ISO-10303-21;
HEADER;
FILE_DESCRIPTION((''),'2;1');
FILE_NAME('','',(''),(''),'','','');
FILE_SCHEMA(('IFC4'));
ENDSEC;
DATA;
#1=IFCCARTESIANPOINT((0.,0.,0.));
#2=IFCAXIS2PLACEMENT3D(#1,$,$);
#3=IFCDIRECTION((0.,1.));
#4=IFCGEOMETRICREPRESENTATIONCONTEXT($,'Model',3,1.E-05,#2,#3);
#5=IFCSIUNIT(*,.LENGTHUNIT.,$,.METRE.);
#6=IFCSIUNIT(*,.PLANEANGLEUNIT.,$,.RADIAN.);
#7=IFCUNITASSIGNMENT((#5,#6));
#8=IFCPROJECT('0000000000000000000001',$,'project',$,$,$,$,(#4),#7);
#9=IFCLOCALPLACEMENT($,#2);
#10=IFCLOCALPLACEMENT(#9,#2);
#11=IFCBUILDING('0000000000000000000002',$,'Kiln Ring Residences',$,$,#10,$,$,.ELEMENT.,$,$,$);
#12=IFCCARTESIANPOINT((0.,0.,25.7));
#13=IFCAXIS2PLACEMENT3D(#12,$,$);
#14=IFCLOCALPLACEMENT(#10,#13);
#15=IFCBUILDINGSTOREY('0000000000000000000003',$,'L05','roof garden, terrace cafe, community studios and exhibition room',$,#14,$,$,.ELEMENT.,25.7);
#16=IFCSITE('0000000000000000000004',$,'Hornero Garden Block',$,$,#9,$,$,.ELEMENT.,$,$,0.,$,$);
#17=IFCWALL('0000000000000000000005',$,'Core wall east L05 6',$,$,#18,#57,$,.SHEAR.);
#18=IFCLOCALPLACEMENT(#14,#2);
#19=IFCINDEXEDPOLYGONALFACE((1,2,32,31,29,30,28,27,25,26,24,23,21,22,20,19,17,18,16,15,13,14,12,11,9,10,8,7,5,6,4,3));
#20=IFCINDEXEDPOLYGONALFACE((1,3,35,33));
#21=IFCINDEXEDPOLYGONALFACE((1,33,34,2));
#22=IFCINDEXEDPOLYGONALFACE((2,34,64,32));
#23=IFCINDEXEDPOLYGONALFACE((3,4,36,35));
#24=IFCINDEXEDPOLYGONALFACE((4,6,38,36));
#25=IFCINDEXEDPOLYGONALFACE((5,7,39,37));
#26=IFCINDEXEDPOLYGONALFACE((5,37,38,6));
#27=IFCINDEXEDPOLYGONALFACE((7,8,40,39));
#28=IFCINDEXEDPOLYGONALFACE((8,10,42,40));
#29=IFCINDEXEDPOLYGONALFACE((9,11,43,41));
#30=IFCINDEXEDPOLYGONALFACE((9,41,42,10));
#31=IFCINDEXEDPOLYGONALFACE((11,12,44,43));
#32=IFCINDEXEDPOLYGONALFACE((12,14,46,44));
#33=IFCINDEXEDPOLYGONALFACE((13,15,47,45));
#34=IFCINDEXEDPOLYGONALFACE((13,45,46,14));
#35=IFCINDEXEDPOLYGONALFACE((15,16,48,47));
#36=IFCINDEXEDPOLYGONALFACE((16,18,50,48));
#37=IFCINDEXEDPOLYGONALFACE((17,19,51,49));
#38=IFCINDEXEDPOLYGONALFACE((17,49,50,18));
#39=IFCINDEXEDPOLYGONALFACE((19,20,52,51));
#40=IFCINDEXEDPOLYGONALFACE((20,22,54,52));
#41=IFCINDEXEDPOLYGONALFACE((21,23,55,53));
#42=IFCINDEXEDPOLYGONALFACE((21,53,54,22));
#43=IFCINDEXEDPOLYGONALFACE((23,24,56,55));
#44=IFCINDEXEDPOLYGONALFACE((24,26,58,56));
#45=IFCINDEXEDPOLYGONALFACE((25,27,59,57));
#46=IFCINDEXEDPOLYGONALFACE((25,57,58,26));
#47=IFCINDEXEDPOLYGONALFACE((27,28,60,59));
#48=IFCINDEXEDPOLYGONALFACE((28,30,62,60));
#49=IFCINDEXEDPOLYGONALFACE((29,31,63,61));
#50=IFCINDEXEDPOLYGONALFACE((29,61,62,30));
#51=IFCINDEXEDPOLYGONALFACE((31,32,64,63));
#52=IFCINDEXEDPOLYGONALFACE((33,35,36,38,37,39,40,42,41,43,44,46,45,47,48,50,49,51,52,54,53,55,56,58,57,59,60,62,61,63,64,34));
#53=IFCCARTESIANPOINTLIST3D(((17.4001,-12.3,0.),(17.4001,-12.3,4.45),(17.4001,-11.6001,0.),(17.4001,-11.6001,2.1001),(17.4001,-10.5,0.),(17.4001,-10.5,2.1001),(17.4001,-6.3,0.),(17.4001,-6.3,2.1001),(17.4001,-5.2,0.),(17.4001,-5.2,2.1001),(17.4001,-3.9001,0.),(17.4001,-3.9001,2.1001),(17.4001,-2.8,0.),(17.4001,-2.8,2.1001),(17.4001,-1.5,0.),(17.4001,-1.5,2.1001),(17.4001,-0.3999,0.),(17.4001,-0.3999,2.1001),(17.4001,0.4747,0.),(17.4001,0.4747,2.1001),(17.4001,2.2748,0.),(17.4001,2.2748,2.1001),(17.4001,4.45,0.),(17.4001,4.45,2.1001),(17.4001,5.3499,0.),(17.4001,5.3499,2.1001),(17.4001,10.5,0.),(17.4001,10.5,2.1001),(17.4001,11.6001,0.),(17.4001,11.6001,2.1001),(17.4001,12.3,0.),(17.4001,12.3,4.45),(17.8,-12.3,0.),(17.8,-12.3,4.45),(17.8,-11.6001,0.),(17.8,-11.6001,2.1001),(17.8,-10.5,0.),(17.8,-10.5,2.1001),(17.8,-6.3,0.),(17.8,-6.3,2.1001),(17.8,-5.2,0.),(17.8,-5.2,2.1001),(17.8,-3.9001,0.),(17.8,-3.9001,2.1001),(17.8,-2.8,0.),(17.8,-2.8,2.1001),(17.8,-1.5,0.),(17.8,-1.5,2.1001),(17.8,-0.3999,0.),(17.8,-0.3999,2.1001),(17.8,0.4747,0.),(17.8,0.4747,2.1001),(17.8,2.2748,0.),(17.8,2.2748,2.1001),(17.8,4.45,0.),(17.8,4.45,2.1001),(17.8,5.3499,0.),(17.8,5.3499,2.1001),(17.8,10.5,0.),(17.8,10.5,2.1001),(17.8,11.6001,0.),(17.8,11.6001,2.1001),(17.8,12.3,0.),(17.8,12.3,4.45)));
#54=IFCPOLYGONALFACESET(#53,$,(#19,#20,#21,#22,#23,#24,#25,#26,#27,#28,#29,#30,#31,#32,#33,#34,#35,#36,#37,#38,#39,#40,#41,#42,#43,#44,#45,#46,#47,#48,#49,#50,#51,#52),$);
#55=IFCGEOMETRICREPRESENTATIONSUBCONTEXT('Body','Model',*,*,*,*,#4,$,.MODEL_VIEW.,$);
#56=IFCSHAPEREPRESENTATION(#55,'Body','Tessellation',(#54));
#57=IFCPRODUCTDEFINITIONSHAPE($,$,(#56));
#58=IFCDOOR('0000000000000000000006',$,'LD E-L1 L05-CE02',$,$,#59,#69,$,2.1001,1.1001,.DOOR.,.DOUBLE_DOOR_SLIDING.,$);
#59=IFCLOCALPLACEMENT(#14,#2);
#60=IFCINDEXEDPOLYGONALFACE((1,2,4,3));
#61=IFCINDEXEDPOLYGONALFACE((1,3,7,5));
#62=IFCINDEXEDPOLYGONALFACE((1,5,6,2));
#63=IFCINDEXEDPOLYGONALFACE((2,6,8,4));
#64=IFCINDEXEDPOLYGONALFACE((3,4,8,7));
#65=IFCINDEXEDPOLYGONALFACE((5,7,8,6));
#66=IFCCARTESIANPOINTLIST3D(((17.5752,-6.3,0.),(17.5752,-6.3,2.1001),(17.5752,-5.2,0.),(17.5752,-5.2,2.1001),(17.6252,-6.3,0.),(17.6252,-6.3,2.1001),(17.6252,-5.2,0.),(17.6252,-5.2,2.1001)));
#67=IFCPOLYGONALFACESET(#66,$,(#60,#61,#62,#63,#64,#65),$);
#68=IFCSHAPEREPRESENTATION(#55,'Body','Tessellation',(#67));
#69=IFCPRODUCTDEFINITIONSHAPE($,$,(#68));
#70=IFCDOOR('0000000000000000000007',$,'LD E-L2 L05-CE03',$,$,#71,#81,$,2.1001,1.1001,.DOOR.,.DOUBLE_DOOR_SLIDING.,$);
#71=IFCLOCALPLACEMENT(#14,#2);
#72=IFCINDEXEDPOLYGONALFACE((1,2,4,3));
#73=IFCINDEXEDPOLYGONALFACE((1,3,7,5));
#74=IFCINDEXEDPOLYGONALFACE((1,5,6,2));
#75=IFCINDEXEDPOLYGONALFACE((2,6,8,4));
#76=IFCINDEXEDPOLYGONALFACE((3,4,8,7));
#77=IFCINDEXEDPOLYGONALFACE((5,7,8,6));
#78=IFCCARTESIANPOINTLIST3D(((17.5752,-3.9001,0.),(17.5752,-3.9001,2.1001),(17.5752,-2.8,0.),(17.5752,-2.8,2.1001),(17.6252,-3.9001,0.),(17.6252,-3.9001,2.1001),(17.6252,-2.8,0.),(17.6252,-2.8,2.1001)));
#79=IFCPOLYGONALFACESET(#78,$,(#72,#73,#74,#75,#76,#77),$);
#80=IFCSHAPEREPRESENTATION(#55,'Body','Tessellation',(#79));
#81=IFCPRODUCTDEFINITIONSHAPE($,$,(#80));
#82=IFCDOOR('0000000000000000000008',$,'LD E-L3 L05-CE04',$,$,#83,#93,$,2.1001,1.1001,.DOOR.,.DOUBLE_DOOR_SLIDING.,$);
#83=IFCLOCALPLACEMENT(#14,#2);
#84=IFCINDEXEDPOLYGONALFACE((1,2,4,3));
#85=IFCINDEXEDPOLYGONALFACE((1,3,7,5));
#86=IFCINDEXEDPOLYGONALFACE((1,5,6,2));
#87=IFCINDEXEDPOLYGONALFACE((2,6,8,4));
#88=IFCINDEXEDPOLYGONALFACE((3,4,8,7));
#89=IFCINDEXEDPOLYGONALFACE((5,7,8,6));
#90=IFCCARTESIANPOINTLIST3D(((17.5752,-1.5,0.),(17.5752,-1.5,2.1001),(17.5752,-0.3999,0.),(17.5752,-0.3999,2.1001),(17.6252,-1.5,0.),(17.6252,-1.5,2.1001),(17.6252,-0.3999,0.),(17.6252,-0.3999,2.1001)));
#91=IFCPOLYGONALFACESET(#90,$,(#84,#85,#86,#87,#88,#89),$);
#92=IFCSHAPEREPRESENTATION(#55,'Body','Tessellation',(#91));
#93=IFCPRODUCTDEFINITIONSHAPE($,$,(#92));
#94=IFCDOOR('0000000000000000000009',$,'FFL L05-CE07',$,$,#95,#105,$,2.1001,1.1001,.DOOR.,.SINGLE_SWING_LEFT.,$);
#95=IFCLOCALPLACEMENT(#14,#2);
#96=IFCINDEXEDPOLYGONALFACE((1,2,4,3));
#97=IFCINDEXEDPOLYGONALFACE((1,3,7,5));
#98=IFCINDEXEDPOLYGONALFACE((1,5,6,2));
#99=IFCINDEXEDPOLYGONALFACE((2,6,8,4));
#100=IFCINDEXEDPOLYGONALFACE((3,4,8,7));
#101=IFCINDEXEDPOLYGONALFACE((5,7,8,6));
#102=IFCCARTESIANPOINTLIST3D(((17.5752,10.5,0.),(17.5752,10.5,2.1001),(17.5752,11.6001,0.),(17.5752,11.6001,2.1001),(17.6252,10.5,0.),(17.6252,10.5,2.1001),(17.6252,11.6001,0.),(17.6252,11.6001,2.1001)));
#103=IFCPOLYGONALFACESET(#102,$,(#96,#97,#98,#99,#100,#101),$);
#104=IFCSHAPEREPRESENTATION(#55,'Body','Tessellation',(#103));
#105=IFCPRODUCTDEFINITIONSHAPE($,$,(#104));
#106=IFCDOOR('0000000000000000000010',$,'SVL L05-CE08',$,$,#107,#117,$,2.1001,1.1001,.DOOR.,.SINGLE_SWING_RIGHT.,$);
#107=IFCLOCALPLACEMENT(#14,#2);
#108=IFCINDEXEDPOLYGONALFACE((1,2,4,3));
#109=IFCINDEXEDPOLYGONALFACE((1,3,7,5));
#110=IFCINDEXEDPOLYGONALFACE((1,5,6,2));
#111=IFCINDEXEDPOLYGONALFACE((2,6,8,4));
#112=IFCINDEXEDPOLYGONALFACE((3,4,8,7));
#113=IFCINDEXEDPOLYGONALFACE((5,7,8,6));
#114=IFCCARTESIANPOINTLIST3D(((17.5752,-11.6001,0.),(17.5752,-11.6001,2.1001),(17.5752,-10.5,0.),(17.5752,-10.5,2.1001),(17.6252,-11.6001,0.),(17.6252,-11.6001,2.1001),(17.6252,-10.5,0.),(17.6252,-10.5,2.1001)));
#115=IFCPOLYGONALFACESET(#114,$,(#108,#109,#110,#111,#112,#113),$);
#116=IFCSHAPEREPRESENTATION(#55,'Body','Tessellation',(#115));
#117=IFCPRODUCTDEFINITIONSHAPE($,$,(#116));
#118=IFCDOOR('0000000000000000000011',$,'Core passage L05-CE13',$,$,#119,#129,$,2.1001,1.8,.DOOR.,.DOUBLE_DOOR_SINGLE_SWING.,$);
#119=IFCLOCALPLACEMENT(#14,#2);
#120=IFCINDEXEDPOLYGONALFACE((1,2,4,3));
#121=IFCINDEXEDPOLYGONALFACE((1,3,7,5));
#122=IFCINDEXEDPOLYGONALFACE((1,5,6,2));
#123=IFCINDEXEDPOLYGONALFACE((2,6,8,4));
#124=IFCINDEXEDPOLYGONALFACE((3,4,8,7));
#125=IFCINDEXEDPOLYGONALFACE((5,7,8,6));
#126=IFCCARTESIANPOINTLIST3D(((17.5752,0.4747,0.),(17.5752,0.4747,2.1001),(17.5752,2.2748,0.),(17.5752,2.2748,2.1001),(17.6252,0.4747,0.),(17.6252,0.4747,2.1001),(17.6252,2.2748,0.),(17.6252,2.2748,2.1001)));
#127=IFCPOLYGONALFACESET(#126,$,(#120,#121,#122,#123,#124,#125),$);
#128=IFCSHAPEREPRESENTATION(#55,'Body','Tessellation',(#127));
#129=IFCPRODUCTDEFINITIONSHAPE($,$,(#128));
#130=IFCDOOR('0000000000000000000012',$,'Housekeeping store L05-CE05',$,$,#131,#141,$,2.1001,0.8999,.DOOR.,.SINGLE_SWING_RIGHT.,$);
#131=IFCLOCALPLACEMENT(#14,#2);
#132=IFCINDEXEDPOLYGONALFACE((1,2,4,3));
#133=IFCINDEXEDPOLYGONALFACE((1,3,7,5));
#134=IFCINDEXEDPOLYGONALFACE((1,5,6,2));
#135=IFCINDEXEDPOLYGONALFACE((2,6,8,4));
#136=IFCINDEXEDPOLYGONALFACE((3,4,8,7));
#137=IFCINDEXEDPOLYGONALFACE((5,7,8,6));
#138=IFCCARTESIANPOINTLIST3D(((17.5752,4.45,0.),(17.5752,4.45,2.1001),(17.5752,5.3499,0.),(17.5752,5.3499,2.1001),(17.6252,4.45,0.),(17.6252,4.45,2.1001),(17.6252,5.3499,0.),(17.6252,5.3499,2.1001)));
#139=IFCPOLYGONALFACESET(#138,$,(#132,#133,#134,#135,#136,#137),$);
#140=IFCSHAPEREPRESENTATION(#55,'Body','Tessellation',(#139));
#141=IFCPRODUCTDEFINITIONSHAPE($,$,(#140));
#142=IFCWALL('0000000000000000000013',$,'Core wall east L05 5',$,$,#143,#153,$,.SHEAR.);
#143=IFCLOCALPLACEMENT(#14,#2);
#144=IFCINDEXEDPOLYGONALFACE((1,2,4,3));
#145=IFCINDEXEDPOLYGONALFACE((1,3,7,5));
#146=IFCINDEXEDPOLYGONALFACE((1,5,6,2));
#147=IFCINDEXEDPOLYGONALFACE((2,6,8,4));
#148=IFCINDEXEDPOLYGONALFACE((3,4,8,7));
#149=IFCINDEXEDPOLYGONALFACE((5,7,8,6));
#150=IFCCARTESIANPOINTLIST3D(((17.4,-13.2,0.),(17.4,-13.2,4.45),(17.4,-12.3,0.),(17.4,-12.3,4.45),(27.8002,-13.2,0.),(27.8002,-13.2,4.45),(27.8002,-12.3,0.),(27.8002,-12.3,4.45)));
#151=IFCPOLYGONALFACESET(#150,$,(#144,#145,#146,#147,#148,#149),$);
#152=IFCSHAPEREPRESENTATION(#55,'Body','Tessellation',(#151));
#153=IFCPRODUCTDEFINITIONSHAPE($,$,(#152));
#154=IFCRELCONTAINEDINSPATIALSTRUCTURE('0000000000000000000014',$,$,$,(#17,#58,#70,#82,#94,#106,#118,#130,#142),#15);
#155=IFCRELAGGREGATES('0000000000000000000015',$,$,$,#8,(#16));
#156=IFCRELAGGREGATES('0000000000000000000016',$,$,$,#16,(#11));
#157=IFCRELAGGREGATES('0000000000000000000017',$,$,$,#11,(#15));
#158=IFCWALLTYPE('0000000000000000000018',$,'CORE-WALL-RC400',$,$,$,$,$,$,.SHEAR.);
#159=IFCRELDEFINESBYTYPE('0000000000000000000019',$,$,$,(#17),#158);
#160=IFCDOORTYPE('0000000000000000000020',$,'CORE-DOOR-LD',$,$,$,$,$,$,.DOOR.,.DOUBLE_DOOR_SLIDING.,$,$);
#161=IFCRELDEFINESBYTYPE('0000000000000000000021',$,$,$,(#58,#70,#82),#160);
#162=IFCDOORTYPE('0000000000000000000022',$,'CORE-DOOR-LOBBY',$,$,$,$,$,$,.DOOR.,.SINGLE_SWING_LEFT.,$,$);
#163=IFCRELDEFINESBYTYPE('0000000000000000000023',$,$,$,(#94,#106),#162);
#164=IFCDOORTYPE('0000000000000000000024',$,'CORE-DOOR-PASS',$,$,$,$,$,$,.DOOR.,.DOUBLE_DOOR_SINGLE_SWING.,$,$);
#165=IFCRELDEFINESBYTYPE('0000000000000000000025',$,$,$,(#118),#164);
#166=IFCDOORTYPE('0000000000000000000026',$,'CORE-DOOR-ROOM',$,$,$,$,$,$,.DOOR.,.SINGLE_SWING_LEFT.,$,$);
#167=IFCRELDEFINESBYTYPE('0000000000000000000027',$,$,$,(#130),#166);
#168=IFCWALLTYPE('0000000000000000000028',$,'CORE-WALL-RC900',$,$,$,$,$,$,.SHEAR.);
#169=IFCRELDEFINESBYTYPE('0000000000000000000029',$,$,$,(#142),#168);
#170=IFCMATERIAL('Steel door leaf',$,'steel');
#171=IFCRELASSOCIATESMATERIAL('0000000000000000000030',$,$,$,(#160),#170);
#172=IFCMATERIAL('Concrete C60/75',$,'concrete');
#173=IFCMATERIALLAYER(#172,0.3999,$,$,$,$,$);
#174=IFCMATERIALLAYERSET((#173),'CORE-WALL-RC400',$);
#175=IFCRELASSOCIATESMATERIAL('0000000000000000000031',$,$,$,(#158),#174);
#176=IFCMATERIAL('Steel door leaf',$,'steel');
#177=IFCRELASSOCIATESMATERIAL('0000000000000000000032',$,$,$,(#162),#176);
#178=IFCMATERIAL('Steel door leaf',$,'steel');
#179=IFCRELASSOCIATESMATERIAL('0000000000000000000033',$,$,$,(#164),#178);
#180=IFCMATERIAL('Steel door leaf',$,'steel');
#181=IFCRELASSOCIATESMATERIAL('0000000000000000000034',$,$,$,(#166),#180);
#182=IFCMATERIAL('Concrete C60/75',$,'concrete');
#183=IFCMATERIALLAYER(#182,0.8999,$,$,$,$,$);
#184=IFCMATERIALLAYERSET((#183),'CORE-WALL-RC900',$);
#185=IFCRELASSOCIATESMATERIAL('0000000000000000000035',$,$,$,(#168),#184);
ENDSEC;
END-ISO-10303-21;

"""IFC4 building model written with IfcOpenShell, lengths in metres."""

from ifc_helpers import new_model, si_unit, direction, frame, frame_2d, origin, place, context, subcontext, project, spatial, rectangle, extrude, material, layer, layer_set, type_object, element, fill, save


model = new_model("IFC4")

# Units and contexts
model_context = context("Model", 3, precision=1e-05, world=origin(), true_north=direction((0.0, 1.0)))
body_context = subcontext(model_context, "Body", "Model", "MODEL_VIEW")
ifc_project = project(units=[si_unit("LENGTHUNIT", "METRE"), si_unit("PLANEANGLEUNIT", "RADIAN")], contexts=[model_context])

# Site, building, storey
site_placement = place(None, origin())
site = spatial("IfcSite", under=ifc_project, at=site_placement, Name="Hornero Garden Block", CompositionType="ELEMENT", RefElevation=0.0)
building_placement = place(site_placement, origin())
building = spatial("IfcBuilding", under=site, at=building_placement, Name="Kiln Ring Residences", CompositionType="ELEMENT")
storey_placement = place(building_placement, frame((0.0, 0.0, 25.7)))
storey = spatial("IfcBuildingStorey", under=building, at=storey_placement, Name="L05", Description="roof garden, terrace cafe, community studios and exhibition room", CompositionType="ELEMENT", Elevation=25.7)

# Wall, openings, doors
ifc_material_1 = material(Name="Steel door leaf", Category="steel")
door_type_1 = type_object("IfcDoorType", Name="CORE-DOOR-LD", OperationType="DOUBLE_DOOR_SLIDING", PredefinedType="DOOR", material=ifc_material_1)
ifc_material_2 = material(Name="Concrete C60/75", Category="concrete")
ifc_layer_1 = layer(ifc_material_2, 0.3999)
ifc_layer_set_1 = layer_set([ifc_layer_1], Name="CORE-WALL-RC400")
wall_type_1 = type_object("IfcWallType", Name="CORE-WALL-RC400", PredefinedType="SHEAR", material=ifc_layer_set_1)
wall_1_placement = place(storey_placement, frame((17.6001, -12.3, 0.0), z_axis=(0.0, 0.0, 1.0), x_axis=(0.0, 1.0, 0.0)))
wall_1 = element("IfcWall", 1, at=wall_1_placement, inside=storey, type_object=wall_type_1, Name="Core wall east L05 6", PredefinedType="SHEAR", context=body_context, shape_type="SweptSolid", body=[
    extrude(rectangle(XDim=24.6001, YDim=0.3999, at=frame_2d((12.3, 0.0))), origin(), (0.0, 0.0, 1.0), 4.45),
])
opening_1_placement = place(wall_1_placement, frame((6.0, 0.0, 0.0)))
opening_1 = element("IfcOpeningElement", 2, at=opening_1_placement, cuts=wall_1, PredefinedType="OPENING", context=body_context, shape_type="SweptSolid", body=[
    extrude(rectangle(XDim=1.1001, YDim=2.1001, at=frame_2d((0.55, 1.05))), frame((0.0, 0.21, 0.0), z_axis=(0.0, -1.0, 0.0), x_axis=(1.0, 0.0, 0.0)), (0.0, 0.0, 1.0), 0.4199),
])
opening_2_placement = place(wall_1_placement, frame((8.3999, 0.0, 0.0)))
opening_2 = element("IfcOpeningElement", 3, at=opening_2_placement, cuts=wall_1, PredefinedType="OPENING", context=body_context, shape_type="SweptSolid", body=[
    extrude(rectangle(XDim=1.1001, YDim=2.1001, at=frame_2d((0.55, 1.05))), frame((0.0, 0.21, 0.0), z_axis=(0.0, -1.0, 0.0), x_axis=(1.0, 0.0, 0.0)), (0.0, 0.0, 1.0), 0.4199),
])
opening_3_placement = place(wall_1_placement, frame((10.8, 0.0, 0.0)))
opening_3 = element("IfcOpeningElement", 4, at=opening_3_placement, cuts=wall_1, PredefinedType="OPENING", context=body_context, shape_type="SweptSolid", body=[
    extrude(rectangle(XDim=1.1001, YDim=2.1001, at=frame_2d((0.55, 1.05))), frame((0.0, 0.21, 0.0), z_axis=(0.0, -1.0, 0.0), x_axis=(1.0, 0.0, 0.0)), (0.0, 0.0, 1.0), 0.4199),
])
opening_4_placement = place(wall_1_placement, frame((16.75, 0.0, 0.0)))
opening_4 = element("IfcOpeningElement", 5, at=opening_4_placement, cuts=wall_1, PredefinedType="OPENING", context=body_context, shape_type="SweptSolid", body=[
    extrude(rectangle(XDim=0.8999, YDim=2.1001, at=frame_2d((0.45, 1.05))), frame((0.0, 0.21, 0.0), z_axis=(0.0, -1.0, 0.0), x_axis=(1.0, 0.0, 0.0)), (0.0, 0.0, 1.0), 0.4199),
])
opening_5_placement = place(wall_1_placement, frame((22.8, 0.0, 0.0)))
opening_5 = element("IfcOpeningElement", 6, at=opening_5_placement, cuts=wall_1, PredefinedType="OPENING", context=body_context, shape_type="SweptSolid", body=[
    extrude(rectangle(XDim=1.1001, YDim=2.1001, at=frame_2d((0.55, 1.05))), frame((0.0, 0.21, 0.0), z_axis=(0.0, -1.0, 0.0), x_axis=(1.0, 0.0, 0.0)), (0.0, 0.0, 1.0), 0.4199),
])
opening_6_placement = place(wall_1_placement, frame((0.7, 0.0, 0.0)))
opening_6 = element("IfcOpeningElement", 7, at=opening_6_placement, cuts=wall_1, PredefinedType="OPENING", context=body_context, shape_type="SweptSolid", body=[
    extrude(rectangle(XDim=1.1001, YDim=2.1001, at=frame_2d((0.55, 1.05))), frame((0.0, 0.21, 0.0), z_axis=(0.0, -1.0, 0.0), x_axis=(1.0, 0.0, 0.0)), (0.0, 0.0, 1.0), 0.4199),
])
opening_7_placement = place(wall_1_placement, frame((12.7749, 0.0, 0.0)))
opening_7 = element("IfcOpeningElement", 8, at=opening_7_placement, cuts=wall_1, PredefinedType="OPENING", context=body_context, shape_type="SweptSolid", body=[
    extrude(rectangle(XDim=1.8, YDim=2.1001, at=frame_2d((0.8999, 1.05))), frame((0.0, 0.21, 0.0), z_axis=(0.0, -1.0, 0.0), x_axis=(1.0, 0.0, 0.0)), (0.0, 0.0, 1.0), 0.4199),
])
door_1_placement = place(opening_1_placement, origin())
door_1 = element("IfcDoor", 9, at=door_1_placement, inside=storey, type_object=door_type_1, Name="LD E-L1 L05-CE02", OperationType="DOUBLE_DOOR_SLIDING", OverallHeight=2.1001, OverallWidth=1.1001, PredefinedType="DOOR", context=body_context, shape_type="SweptSolid", body=[
    extrude(rectangle(XDim=1.1001, YDim=2.1001, at=frame_2d((0.55, 1.05))), frame((0.0, 0.0249, 0.0), z_axis=(0.0, -1.0, 0.0), x_axis=(1.0, 0.0, 0.0)), (0.0, 0.0, 1.0), 0.05),
])
fill(opening_1, door_1)
door_2_placement = place(opening_2_placement, origin())
door_2 = element("IfcDoor", 10, at=door_2_placement, inside=storey, type_object=door_type_1, Name="LD E-L2 L05-CE03", OperationType="DOUBLE_DOOR_SLIDING", OverallHeight=2.1001, OverallWidth=1.1001, PredefinedType="DOOR", context=body_context, shape_type="SweptSolid", body=[
    extrude(rectangle(XDim=1.1001, YDim=2.1001, at=frame_2d((0.55, 1.05))), frame((0.0, 0.0249, 0.0), z_axis=(0.0, -1.0, 0.0), x_axis=(1.0, 0.0, 0.0)), (0.0, 0.0, 1.0), 0.05),
])
fill(opening_2, door_2)
door_3_placement = place(opening_3_placement, origin())
door_3 = element("IfcDoor", 11, at=door_3_placement, inside=storey, type_object=door_type_1, Name="LD E-L3 L05-CE04", OperationType="DOUBLE_DOOR_SLIDING", OverallHeight=2.1001, OverallWidth=1.1001, PredefinedType="DOOR", context=body_context, shape_type="SweptSolid", body=[
    extrude(rectangle(XDim=1.1001, YDim=2.1001, at=frame_2d((0.55, 1.05))), frame((0.0, 0.0249, 0.0), z_axis=(0.0, -1.0, 0.0), x_axis=(1.0, 0.0, 0.0)), (0.0, 0.0, 1.0), 0.05),
])
fill(opening_3, door_3)
ifc_material_3 = material(Name="Steel door leaf", Category="steel")
door_type_2 = type_object("IfcDoorType", Name="CORE-DOOR-LOBBY", OperationType="SINGLE_SWING_LEFT", PredefinedType="DOOR", material=ifc_material_3)
door_4_placement = place(opening_5_placement, origin())
door_4 = element("IfcDoor", 12, at=door_4_placement, inside=storey, type_object=door_type_2, Name="FFL L05-CE07", OperationType="SINGLE_SWING_LEFT", OverallHeight=2.1001, OverallWidth=1.1001, PredefinedType="DOOR", context=body_context, shape_type="SweptSolid", body=[
    extrude(rectangle(XDim=1.1001, YDim=2.1001, at=frame_2d((0.55, 1.05))), frame((0.0, 0.0249, 0.0), z_axis=(0.0, -1.0, 0.0), x_axis=(1.0, 0.0, 0.0)), (0.0, 0.0, 1.0), 0.05),
])
fill(opening_5, door_4)
door_5_placement = place(opening_6_placement, origin())
door_5 = element("IfcDoor", 13, at=door_5_placement, inside=storey, type_object=door_type_2, Name="SVL L05-CE08", OperationType="SINGLE_SWING_RIGHT", OverallHeight=2.1001, OverallWidth=1.1001, PredefinedType="DOOR", context=body_context, shape_type="SweptSolid", body=[
    extrude(rectangle(XDim=1.1001, YDim=2.1001, at=frame_2d((0.55, 1.05))), frame((0.0, 0.0249, 0.0), z_axis=(0.0, -1.0, 0.0), x_axis=(1.0, 0.0, 0.0)), (0.0, 0.0, 1.0), 0.05),
])
fill(opening_6, door_5)
ifc_material_4 = material(Name="Steel door leaf", Category="steel")
door_type_3 = type_object("IfcDoorType", Name="CORE-DOOR-PASS", OperationType="DOUBLE_DOOR_SINGLE_SWING", PredefinedType="DOOR", material=ifc_material_4)
door_6_placement = place(opening_7_placement, origin())
door_6 = element("IfcDoor", 14, at=door_6_placement, inside=storey, type_object=door_type_3, Name="Core passage L05-CE13", OperationType="DOUBLE_DOOR_SINGLE_SWING", OverallHeight=2.1001, OverallWidth=1.8, PredefinedType="DOOR", context=body_context, shape_type="SweptSolid", body=[
    extrude(rectangle(XDim=1.8, YDim=2.1001, at=frame_2d((0.8999, 1.05))), frame((0.0, 0.0249, 0.0), z_axis=(0.0, -1.0, 0.0), x_axis=(1.0, 0.0, 0.0)), (0.0, 0.0, 1.0), 0.05),
])
fill(opening_7, door_6)
ifc_material_5 = material(Name="Steel door leaf", Category="steel")
door_type_4 = type_object("IfcDoorType", Name="CORE-DOOR-ROOM", OperationType="SINGLE_SWING_LEFT", PredefinedType="DOOR", material=ifc_material_5)
door_7_placement = place(opening_4_placement, origin())
door_7 = element("IfcDoor", 15, at=door_7_placement, inside=storey, type_object=door_type_4, Name="Housekeeping store L05-CE05", OperationType="SINGLE_SWING_RIGHT", OverallHeight=2.1001, OverallWidth=0.8999, PredefinedType="DOOR", context=body_context, shape_type="SweptSolid", body=[
    extrude(rectangle(XDim=0.8999, YDim=2.1001, at=frame_2d((0.45, 1.05))), frame((0.0, 0.0249, 0.0), z_axis=(0.0, -1.0, 0.0), x_axis=(1.0, 0.0, 0.0)), (0.0, 0.0, 1.0), 0.05),
])
fill(opening_4, door_7)

# Wall
ifc_material_6 = material(Name="Concrete C60/75", Category="concrete")
ifc_layer_2 = layer(ifc_material_6, 0.8999)
ifc_layer_set_2 = layer_set([ifc_layer_2], Name="CORE-WALL-RC900")
wall_type_2 = type_object("IfcWallType", Name="CORE-WALL-RC900", PredefinedType="SHEAR", material=ifc_layer_set_2)
wall_2_placement = place(storey_placement, frame((17.3999, -12.75, 0.0), z_axis=(0.0, 0.0, 1.0), x_axis=(1.0, 0.0, 0.0)))
element("IfcWall", 16, at=wall_2_placement, inside=storey, type_object=wall_type_2, Name="Core wall east L05 5", PredefinedType="SHEAR", context=body_context, shape_type="SweptSolid", body=[
    extrude(rectangle(XDim=10.4001, YDim=0.8999, at=frame_2d((5.2002, 0.0))), origin(), (0.0, 0.0, 1.0), 4.45),
])

save(model, "model.ifc")
